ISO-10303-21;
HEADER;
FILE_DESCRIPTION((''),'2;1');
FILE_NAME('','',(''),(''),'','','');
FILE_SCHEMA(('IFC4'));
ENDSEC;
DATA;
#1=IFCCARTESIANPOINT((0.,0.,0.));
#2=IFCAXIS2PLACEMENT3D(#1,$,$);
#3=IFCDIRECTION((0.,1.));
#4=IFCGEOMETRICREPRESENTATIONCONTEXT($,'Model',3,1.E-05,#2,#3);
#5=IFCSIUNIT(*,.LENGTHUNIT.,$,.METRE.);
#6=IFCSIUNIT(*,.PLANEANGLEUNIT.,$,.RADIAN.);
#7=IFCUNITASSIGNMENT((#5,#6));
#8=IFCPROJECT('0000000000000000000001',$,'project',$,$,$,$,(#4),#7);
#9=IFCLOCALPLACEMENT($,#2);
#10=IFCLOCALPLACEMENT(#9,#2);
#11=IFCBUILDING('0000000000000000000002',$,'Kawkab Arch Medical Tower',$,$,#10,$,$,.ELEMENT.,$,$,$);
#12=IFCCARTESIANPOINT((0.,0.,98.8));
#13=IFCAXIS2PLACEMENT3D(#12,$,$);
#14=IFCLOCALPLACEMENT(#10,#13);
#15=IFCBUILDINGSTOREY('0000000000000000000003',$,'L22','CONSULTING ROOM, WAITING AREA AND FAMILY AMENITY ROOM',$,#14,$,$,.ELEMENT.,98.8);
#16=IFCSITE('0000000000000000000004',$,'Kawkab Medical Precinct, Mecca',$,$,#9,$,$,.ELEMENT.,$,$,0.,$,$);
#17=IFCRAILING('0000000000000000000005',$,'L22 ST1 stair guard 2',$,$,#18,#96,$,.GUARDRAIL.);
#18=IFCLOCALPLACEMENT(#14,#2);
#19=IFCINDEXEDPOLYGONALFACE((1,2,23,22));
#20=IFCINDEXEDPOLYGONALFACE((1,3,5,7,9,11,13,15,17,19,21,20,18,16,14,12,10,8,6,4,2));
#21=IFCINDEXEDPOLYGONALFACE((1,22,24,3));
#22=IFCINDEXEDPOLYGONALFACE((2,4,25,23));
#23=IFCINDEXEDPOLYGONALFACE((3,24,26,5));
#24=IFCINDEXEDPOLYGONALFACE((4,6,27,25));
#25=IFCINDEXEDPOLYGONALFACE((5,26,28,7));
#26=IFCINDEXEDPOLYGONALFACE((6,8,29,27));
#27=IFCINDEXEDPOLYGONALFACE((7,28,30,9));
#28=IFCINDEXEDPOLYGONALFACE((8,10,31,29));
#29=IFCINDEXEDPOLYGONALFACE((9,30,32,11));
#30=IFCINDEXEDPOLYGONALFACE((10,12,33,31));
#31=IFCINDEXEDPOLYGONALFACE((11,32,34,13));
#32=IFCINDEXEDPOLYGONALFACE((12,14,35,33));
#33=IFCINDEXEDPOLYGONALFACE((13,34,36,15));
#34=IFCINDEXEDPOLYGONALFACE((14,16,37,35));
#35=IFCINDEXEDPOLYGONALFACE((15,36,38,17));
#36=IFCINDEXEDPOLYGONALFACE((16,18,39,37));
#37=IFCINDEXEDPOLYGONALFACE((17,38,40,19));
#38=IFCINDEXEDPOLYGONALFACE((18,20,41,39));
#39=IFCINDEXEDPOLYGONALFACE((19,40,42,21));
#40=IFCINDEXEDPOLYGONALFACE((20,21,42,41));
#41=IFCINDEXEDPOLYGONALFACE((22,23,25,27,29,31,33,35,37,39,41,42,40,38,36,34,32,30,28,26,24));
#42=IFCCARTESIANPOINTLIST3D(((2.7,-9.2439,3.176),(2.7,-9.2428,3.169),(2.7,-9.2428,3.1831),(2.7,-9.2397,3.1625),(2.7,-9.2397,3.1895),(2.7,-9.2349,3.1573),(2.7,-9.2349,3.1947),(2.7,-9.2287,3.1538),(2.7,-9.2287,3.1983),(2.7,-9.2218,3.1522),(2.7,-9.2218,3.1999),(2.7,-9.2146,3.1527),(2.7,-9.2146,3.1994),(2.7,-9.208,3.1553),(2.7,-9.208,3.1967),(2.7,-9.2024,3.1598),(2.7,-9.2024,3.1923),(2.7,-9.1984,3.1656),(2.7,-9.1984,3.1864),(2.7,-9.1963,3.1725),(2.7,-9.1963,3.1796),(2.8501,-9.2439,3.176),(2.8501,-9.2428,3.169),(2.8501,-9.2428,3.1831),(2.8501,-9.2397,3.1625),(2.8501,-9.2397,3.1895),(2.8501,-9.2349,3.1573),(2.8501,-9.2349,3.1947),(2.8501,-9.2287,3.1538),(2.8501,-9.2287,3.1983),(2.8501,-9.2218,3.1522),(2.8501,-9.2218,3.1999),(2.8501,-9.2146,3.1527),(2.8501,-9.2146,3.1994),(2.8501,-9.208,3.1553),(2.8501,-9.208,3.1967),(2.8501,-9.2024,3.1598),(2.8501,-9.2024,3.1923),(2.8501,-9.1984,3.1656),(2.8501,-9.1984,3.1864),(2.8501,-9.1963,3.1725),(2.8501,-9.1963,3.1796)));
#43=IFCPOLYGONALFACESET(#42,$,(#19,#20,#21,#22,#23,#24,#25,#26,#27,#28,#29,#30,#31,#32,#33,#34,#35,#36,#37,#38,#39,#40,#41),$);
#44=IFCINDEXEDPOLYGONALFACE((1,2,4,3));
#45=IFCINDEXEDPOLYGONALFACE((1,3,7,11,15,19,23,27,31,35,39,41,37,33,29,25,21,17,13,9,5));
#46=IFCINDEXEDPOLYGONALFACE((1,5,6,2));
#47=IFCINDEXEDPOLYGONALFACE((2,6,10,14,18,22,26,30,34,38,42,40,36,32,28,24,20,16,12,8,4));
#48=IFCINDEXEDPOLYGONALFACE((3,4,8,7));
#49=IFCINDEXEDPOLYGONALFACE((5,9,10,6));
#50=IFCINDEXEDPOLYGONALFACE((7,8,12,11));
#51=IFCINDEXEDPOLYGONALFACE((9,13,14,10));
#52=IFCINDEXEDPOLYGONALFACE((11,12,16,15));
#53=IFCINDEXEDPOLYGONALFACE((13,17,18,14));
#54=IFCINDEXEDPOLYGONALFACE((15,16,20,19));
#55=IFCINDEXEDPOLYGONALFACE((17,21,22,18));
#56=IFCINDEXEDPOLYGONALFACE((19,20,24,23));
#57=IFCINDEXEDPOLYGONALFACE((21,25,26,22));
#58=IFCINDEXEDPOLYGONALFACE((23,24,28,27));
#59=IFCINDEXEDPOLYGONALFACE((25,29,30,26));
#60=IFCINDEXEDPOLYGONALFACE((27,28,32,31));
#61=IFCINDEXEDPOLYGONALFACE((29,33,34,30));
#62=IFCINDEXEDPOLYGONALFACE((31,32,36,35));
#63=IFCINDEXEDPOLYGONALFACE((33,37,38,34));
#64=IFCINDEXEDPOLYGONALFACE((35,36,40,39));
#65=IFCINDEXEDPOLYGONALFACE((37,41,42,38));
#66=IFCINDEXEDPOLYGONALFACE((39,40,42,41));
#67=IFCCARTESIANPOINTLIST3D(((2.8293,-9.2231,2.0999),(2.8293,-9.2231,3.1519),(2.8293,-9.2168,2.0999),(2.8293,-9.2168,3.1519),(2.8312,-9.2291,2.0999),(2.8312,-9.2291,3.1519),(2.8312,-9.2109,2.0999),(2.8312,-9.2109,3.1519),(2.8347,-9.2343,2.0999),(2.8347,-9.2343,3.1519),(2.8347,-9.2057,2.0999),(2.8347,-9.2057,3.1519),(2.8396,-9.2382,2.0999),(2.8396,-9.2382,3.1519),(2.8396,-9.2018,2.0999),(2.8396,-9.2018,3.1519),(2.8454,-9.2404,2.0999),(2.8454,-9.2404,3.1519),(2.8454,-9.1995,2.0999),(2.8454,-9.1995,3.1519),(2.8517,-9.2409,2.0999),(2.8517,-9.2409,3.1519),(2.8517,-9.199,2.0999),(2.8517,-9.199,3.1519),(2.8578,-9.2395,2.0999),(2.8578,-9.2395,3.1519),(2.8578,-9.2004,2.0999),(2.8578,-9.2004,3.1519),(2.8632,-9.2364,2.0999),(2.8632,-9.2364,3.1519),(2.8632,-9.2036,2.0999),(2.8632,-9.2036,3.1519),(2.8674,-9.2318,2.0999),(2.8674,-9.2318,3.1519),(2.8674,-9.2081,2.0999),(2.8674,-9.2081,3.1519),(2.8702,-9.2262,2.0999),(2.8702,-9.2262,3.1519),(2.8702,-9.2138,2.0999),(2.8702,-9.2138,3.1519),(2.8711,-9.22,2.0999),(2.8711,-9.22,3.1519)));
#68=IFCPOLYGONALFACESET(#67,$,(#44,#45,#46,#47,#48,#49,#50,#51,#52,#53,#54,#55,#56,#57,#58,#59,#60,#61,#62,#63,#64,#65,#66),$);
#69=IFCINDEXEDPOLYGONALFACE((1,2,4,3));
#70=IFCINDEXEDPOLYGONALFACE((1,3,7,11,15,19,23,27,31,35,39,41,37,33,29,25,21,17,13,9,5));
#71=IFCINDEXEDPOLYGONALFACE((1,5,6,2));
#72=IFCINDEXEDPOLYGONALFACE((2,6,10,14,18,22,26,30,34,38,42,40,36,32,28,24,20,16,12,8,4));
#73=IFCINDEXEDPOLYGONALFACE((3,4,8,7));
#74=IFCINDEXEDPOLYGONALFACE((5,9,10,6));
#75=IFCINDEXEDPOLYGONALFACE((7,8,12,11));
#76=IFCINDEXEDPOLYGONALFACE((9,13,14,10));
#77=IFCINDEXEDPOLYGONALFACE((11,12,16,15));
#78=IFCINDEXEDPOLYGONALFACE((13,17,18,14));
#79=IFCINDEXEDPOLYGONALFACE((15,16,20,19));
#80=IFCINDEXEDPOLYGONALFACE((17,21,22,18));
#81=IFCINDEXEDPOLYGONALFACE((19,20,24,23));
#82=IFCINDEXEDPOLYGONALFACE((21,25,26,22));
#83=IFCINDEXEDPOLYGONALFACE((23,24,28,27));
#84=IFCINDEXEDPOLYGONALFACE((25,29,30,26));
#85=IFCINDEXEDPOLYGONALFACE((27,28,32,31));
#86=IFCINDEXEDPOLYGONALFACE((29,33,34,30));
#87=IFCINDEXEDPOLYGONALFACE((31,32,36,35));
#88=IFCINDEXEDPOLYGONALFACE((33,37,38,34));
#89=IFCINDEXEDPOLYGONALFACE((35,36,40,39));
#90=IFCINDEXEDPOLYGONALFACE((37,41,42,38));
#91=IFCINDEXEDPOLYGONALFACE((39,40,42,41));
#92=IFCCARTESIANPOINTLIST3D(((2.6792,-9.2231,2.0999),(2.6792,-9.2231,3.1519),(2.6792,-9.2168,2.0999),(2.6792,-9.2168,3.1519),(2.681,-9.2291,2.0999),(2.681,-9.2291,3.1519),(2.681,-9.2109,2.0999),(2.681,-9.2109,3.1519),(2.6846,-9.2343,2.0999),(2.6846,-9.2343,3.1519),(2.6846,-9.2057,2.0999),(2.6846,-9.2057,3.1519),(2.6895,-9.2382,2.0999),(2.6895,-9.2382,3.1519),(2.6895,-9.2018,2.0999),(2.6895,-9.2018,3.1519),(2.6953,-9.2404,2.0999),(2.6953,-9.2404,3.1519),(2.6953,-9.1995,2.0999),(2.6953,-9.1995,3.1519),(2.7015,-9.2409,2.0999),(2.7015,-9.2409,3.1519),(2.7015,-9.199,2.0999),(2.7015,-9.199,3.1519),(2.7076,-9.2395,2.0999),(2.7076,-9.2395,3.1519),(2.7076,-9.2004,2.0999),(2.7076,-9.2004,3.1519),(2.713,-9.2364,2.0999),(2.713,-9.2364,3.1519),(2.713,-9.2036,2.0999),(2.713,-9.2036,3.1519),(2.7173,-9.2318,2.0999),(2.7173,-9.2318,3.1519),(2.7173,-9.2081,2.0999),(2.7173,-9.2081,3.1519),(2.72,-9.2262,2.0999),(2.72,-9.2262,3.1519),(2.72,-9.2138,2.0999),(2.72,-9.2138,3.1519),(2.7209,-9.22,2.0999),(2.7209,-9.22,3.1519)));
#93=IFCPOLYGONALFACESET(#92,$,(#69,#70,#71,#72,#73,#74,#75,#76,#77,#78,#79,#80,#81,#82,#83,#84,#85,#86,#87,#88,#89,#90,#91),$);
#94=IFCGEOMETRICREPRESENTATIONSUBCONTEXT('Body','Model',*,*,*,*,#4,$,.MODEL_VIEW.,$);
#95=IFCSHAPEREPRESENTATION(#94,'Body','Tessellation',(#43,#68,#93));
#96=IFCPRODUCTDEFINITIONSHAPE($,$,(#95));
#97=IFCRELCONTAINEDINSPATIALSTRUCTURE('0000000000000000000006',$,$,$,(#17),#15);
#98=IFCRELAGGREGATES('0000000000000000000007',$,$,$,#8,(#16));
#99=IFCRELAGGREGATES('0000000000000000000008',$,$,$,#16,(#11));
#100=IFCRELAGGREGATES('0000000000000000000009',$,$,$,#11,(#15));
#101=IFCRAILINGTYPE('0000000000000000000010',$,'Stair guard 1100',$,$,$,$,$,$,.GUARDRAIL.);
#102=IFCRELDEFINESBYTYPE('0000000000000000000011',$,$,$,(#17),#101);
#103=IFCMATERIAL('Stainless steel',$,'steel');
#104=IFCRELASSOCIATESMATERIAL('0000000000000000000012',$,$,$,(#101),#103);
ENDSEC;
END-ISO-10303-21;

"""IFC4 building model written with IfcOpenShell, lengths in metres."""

from ifc_helpers import new_model, si_unit, direction, frame, origin, origin_2d, place, context, subcontext, project, spatial, circle, extrude, material, type_object, element, save


model = new_model("IFC4")

# Units and contexts
model_context = context("Model", 3, precision=1e-05, world=origin(), true_north=direction((0.0, 1.0)))
body_context = subcontext(model_context, "Body", "Model", "MODEL_VIEW")
ifc_project = project(units=[si_unit("LENGTHUNIT", "METRE"), si_unit("PLANEANGLEUNIT", "RADIAN")], contexts=[model_context])

# Site, building, storey
site_placement = place(None, origin())
site = spatial("IfcSite", under=ifc_project, at=site_placement, Name="Kawkab Medical Precinct, Mecca", CompositionType="ELEMENT", RefElevation=0.0)
building_placement = place(site_placement, origin())
building = spatial("IfcBuilding", under=site, at=building_placement, Name="Kawkab Arch Medical Tower", CompositionType="ELEMENT")
storey_placement = place(building_placement, frame((0.0, 0.0, 98.8)))
storey = spatial("IfcBuildingStorey", under=building, at=storey_placement, Name="L22", Description="CONSULTING ROOM, WAITING AREA AND FAMILY AMENITY ROOM", CompositionType="ELEMENT", Elevation=98.8)

# Railing
ifc_material_1 = material(Name="Stainless steel", Category="steel")
railing_type = type_object("IfcRailingType", Name="Stair guard 1100", PredefinedType="GUARDRAIL", material=ifc_material_1)
railing_1_placement = place(storey_placement, frame((2.8501, -9.22, 2.0999)))
element("IfcRailing", 1, at=railing_1_placement, inside=storey, type_object=railing_type, Name="L22 ST1 stair guard 2", PredefinedType="GUARDRAIL", context=body_context, shape_type="SweptSolid", body=[
    extrude(circle(Radius=0.0239, at=origin_2d()), frame((0.0, 0.0, 1.0762), z_axis=(-1.0, 0.0, 0.0), x_axis=(0.0, -1.0, 0.0)), (0.0, 0.0, 1.0), 0.1501),
    extrude(circle(Radius=0.021, at=origin_2d()), origin(), (0.0, 0.0, 1.0), 1.052),
    extrude(circle(Radius=0.021, at=origin_2d()), frame((-0.1501, 0.0, 0.0)), (0.0, 0.0, 1.0), 1.052),
])

save(model, "model.ifc")
